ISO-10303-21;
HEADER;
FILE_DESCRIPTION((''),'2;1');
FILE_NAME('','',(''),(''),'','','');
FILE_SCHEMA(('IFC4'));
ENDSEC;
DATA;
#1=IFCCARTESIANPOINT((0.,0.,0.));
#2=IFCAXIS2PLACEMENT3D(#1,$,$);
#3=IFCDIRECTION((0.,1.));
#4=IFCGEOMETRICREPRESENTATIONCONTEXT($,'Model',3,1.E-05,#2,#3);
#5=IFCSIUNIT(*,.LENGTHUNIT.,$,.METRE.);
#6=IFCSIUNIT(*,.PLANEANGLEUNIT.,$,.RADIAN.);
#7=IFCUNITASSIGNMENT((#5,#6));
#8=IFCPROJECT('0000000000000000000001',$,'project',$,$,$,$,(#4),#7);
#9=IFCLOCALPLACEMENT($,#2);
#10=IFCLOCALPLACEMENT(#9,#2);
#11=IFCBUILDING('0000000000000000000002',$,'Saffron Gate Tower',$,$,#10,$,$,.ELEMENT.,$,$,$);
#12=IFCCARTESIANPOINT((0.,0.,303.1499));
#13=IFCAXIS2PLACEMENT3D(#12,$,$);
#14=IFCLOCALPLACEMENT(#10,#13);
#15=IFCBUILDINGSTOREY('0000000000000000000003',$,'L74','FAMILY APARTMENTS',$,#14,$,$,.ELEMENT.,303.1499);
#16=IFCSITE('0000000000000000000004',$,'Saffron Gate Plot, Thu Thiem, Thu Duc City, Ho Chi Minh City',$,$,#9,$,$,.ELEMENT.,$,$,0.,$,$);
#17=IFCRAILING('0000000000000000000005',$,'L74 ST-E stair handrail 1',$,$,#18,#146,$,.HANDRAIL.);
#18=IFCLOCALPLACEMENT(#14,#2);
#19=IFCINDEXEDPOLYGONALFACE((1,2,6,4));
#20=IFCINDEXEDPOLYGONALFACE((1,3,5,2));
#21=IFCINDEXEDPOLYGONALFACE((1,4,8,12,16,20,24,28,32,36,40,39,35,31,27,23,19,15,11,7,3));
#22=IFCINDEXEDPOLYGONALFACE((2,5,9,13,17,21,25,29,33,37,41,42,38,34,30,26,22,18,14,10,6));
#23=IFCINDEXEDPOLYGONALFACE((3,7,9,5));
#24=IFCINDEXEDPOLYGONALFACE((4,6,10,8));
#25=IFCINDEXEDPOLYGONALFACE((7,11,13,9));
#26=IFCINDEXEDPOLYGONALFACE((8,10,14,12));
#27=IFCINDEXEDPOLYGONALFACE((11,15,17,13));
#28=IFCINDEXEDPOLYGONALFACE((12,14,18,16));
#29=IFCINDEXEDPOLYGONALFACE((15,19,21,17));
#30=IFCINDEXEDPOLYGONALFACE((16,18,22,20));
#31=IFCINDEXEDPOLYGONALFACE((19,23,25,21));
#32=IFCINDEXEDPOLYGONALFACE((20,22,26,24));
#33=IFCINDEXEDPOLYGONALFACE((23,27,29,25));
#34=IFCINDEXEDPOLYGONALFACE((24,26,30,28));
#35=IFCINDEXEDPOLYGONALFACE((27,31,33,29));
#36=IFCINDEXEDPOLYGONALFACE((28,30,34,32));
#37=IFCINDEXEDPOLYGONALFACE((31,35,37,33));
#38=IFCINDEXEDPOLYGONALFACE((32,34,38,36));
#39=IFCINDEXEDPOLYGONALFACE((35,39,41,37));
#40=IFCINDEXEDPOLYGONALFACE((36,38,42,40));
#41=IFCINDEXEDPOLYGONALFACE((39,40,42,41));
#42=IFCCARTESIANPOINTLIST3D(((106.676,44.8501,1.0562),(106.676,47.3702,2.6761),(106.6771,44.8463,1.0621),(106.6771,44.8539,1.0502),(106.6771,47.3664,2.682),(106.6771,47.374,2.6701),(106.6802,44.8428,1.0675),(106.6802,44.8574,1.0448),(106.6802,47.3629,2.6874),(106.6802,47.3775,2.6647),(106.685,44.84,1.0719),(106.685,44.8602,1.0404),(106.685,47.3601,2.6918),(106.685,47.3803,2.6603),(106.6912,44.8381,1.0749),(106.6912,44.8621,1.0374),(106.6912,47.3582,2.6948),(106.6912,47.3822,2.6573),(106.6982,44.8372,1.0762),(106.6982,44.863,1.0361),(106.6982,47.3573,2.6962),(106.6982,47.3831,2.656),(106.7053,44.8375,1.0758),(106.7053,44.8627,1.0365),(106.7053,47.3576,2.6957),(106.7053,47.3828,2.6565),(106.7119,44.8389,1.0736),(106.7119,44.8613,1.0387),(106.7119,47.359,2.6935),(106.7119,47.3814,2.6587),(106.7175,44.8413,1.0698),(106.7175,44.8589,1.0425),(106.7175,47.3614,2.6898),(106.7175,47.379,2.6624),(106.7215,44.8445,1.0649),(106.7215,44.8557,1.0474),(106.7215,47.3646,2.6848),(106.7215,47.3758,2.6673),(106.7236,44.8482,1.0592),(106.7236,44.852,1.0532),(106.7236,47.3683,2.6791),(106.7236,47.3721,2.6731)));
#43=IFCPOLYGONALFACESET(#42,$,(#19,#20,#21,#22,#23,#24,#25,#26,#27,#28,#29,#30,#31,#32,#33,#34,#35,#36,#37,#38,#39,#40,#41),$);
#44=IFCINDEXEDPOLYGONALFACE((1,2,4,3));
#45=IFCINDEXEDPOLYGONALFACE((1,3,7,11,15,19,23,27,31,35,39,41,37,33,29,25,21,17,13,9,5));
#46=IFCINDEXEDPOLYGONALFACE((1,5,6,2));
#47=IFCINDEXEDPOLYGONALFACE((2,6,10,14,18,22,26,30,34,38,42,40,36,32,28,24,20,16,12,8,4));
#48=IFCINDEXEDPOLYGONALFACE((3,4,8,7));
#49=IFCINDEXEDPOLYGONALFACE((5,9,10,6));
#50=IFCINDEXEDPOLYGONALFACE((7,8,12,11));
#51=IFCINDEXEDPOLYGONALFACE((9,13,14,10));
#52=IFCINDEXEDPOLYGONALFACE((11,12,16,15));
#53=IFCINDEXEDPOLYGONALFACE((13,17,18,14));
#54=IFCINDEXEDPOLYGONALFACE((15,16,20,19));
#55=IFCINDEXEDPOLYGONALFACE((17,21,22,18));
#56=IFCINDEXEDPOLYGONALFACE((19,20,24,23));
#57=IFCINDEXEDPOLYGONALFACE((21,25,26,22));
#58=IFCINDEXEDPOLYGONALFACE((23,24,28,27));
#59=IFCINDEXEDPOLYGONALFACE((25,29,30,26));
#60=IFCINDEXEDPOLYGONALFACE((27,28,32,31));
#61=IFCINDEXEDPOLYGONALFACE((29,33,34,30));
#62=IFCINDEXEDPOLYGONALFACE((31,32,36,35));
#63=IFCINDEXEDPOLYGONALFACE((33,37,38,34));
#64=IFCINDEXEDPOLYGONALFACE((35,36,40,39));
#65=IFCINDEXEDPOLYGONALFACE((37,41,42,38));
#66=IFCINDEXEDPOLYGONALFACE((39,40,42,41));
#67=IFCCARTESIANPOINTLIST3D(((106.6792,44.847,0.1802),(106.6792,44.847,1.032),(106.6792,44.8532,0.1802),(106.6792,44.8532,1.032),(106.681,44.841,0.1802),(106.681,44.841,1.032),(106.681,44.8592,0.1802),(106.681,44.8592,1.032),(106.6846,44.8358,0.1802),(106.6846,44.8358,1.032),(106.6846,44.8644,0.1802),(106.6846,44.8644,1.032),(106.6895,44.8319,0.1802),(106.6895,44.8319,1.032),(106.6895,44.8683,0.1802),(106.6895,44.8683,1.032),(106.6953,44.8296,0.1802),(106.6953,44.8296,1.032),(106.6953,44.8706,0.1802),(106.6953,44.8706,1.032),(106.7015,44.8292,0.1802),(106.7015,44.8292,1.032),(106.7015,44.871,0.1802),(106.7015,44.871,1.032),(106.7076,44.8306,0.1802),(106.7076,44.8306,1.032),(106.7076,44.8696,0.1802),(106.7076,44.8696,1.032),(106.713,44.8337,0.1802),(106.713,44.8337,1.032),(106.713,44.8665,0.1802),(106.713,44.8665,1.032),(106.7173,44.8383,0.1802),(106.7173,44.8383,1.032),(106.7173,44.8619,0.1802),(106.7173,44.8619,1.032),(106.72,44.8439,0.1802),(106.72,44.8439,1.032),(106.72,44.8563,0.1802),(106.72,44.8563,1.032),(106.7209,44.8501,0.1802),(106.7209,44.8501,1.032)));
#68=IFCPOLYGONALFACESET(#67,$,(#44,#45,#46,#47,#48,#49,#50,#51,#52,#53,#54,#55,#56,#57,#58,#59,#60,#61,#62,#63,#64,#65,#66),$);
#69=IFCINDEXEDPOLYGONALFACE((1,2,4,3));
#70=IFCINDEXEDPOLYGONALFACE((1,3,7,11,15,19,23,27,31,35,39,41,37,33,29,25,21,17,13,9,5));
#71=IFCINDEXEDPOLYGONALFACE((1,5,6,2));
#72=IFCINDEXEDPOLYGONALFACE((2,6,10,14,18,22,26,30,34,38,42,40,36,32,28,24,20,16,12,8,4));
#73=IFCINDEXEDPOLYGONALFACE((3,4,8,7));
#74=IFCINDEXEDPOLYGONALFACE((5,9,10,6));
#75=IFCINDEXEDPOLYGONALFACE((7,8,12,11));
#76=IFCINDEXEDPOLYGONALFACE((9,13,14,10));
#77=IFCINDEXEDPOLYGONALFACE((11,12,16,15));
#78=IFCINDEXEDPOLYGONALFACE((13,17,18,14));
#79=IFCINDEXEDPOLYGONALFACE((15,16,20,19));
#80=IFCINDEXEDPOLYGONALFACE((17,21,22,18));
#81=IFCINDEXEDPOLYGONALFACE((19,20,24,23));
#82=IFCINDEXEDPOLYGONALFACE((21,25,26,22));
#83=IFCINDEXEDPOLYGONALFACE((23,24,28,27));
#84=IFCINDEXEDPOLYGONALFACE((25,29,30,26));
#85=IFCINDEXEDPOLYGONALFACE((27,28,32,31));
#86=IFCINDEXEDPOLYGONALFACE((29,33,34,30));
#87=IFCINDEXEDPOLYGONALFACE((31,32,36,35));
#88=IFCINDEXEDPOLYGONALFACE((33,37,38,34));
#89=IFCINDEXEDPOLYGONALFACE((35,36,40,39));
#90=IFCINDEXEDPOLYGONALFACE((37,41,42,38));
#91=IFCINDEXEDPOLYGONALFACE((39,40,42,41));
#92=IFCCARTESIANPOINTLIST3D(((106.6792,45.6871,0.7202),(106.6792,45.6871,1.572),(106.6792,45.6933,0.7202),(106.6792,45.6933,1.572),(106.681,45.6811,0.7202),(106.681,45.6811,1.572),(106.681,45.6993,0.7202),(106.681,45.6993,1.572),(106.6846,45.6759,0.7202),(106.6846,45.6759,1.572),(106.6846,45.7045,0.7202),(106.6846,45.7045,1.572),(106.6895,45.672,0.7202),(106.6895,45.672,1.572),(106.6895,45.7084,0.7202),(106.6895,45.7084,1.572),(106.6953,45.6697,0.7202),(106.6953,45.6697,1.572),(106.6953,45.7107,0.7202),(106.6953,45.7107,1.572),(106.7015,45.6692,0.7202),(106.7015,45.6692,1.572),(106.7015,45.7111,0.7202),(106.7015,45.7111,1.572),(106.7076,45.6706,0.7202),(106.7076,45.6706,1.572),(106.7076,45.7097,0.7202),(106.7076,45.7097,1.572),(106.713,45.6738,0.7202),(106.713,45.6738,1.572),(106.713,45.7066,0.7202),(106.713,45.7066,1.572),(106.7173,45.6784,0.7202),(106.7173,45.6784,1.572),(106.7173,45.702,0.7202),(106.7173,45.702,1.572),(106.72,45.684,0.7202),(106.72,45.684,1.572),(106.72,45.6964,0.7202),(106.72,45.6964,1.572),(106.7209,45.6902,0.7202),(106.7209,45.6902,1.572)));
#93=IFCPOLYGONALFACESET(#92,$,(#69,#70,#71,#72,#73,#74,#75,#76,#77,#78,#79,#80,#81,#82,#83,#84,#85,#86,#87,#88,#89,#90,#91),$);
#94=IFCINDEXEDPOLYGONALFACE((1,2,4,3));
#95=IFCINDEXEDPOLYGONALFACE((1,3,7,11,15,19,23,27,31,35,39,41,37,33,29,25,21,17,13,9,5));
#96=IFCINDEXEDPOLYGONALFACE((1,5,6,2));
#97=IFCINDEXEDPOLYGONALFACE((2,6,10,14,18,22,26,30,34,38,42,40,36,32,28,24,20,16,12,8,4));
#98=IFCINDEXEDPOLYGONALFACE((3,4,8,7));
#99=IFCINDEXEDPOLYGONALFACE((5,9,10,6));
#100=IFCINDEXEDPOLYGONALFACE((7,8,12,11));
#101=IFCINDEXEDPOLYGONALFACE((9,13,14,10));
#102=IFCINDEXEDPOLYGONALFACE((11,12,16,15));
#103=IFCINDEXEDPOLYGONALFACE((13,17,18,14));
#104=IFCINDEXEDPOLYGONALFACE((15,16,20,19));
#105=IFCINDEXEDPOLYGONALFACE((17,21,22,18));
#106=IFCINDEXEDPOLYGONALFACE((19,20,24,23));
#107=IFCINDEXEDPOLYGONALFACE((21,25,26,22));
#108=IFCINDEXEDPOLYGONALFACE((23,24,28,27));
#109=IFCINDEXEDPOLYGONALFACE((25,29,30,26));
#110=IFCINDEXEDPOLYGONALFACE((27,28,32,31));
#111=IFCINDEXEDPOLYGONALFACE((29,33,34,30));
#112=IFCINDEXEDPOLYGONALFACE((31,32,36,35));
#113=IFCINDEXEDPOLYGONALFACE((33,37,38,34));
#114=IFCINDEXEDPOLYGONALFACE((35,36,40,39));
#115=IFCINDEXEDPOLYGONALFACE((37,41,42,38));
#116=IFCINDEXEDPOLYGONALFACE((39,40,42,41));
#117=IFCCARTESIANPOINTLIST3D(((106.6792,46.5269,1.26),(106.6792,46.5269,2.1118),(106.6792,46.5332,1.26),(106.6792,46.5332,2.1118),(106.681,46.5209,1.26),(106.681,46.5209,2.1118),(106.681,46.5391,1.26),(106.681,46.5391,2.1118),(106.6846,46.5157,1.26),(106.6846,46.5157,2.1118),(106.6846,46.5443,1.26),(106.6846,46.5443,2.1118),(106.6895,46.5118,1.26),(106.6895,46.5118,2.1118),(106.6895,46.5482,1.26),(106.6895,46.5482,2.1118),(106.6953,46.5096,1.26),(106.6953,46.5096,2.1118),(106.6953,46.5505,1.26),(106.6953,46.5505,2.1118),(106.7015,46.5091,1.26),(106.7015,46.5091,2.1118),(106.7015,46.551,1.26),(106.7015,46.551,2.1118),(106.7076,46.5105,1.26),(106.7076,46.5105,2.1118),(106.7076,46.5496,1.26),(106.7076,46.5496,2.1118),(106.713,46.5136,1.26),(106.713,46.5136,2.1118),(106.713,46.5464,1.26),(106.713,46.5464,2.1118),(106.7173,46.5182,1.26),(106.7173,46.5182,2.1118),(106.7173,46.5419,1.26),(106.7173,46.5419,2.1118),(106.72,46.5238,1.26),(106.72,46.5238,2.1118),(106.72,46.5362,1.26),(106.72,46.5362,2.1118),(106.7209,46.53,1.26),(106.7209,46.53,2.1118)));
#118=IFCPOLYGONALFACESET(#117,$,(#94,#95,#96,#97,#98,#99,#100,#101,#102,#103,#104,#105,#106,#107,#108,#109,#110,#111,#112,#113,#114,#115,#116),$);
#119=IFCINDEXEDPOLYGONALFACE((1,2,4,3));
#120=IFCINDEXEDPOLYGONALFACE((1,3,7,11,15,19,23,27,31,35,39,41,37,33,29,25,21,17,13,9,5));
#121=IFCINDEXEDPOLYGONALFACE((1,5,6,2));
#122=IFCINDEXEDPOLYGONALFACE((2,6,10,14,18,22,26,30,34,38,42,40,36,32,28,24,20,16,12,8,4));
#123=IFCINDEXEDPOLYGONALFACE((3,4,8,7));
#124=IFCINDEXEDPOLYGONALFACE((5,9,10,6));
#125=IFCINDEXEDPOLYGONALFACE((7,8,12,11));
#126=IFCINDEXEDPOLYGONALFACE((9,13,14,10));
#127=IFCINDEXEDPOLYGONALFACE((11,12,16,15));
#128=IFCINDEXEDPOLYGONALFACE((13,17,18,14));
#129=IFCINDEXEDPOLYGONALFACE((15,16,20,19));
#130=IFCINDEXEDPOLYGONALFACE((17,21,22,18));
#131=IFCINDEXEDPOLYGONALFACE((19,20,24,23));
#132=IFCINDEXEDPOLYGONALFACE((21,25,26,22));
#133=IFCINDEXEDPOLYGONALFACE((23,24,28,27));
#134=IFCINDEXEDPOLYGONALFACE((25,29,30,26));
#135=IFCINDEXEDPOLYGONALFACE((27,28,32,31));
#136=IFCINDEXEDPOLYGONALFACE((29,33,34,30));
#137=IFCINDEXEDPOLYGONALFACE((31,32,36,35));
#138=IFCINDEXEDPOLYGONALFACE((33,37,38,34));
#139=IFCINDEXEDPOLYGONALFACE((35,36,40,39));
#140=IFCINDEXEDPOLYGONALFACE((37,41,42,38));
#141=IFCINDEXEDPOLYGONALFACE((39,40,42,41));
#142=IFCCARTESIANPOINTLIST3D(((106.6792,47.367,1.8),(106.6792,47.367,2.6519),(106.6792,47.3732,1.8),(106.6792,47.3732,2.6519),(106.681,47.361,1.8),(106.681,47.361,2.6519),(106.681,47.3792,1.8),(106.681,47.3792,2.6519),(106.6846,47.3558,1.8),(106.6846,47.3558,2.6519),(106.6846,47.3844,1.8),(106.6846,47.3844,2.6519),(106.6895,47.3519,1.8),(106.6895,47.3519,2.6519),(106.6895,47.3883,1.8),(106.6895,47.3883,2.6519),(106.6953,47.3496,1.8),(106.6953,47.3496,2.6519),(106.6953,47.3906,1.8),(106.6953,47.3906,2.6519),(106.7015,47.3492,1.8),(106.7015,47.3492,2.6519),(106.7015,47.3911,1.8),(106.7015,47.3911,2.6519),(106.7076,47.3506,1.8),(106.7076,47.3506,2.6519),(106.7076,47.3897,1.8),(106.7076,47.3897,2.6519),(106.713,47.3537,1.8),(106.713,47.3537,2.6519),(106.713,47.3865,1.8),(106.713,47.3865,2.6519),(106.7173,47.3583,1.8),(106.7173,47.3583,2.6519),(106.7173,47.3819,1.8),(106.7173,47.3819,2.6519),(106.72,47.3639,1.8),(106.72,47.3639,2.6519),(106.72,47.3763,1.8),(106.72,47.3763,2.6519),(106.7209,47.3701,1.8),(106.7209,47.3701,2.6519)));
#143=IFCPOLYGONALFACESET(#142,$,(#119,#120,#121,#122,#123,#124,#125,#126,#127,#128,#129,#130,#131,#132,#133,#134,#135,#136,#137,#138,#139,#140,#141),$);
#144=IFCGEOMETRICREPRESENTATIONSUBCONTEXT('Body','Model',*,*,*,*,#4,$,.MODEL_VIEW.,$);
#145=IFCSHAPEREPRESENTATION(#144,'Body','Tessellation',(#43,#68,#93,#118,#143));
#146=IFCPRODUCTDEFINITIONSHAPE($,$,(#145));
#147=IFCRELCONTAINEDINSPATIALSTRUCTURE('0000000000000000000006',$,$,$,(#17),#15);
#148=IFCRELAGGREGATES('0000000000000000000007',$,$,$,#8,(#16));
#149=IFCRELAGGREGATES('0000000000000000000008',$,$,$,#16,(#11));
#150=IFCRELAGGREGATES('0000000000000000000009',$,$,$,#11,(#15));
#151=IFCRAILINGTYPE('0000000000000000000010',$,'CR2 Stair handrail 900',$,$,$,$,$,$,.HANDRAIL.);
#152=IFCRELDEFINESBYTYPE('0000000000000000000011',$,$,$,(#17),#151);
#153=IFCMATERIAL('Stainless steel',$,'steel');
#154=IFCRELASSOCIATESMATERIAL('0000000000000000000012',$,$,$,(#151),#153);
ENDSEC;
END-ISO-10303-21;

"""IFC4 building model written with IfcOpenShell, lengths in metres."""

from ifc_helpers import new_model, si_unit, direction, frame, origin, origin_2d, place, context, subcontext, project, spatial, circle, extrude, material, type_object, element, save


model = new_model("IFC4")

# Units and contexts
model_context = context("Model", 3, precision=1e-05, world=origin(), true_north=direction((0.0, 1.0)))
body_context = subcontext(model_context, "Body", "Model", "MODEL_VIEW")
ifc_project = project(units=[si_unit("LENGTHUNIT", "METRE"), si_unit("PLANEANGLEUNIT", "RADIAN")], contexts=[model_context])

# Site, building, storey
site_placement = place(None, origin())
site = spatial("IfcSite", under=ifc_project, at=site_placement, Name="Saffron Gate Plot, Thu Thiem, Thu Duc City, Ho Chi Minh City", CompositionType="ELEMENT", RefElevation=0.0)
building_placement = place(site_placement, origin())
building = spatial("IfcBuilding", under=site, at=building_placement, Name="Saffron Gate Tower", CompositionType="ELEMENT")
storey_placement = place(building_placement, frame((0.0, 0.0, 303.1499)))
storey = spatial("IfcBuildingStorey", under=building, at=storey_placement, Name="L74", Description="FAMILY APARTMENTS", CompositionType="ELEMENT", Elevation=303.1499)

# Railing
ifc_material_1 = material(Name="Stainless steel", Category="steel")
railing_type_1 = type_object("IfcRailingType", Name="CR2 Stair handrail 900", PredefinedType="HANDRAIL", material=ifc_material_1)
railing_1_placement = place(storey_placement, frame((106.7, 44.8501, 0.1802)))
element("IfcRailing", 1, at=railing_1_placement, inside=storey, type_object=railing_type_1, Name="L74 ST-E stair handrail 1", PredefinedType="HANDRAIL", context=body_context, shape_type="SweptSolid", body=[
    extrude(circle(Radius=0.0239, at=origin_2d()), frame((0.0, 0.0, 0.876), z_axis=(0.0, 0.8412, 0.540725), x_axis=(-1.0, 0.0, 0.0)), (0.0, 0.0, 1.0), 2.9958),
    extrude(circle(Radius=0.021, at=origin_2d()), origin(), (0.0, 0.0, 1.0), 0.8518),
    extrude(circle(Radius=0.021, at=origin_2d()), frame((0.0, 0.8401, 0.54)), (0.0, 0.0, 1.0), 0.8518),
    extrude(circle(Radius=0.021, at=origin_2d()), frame((0.0, 1.6799, 1.0798)), (0.0, 0.0, 1.0), 0.8518),
    extrude(circle(Radius=0.021, at=origin_2d()), frame((0.0, 2.52, 1.6199)), (0.0, 0.0, 1.0), 0.8518),
])

save(model, "model.ifc")
